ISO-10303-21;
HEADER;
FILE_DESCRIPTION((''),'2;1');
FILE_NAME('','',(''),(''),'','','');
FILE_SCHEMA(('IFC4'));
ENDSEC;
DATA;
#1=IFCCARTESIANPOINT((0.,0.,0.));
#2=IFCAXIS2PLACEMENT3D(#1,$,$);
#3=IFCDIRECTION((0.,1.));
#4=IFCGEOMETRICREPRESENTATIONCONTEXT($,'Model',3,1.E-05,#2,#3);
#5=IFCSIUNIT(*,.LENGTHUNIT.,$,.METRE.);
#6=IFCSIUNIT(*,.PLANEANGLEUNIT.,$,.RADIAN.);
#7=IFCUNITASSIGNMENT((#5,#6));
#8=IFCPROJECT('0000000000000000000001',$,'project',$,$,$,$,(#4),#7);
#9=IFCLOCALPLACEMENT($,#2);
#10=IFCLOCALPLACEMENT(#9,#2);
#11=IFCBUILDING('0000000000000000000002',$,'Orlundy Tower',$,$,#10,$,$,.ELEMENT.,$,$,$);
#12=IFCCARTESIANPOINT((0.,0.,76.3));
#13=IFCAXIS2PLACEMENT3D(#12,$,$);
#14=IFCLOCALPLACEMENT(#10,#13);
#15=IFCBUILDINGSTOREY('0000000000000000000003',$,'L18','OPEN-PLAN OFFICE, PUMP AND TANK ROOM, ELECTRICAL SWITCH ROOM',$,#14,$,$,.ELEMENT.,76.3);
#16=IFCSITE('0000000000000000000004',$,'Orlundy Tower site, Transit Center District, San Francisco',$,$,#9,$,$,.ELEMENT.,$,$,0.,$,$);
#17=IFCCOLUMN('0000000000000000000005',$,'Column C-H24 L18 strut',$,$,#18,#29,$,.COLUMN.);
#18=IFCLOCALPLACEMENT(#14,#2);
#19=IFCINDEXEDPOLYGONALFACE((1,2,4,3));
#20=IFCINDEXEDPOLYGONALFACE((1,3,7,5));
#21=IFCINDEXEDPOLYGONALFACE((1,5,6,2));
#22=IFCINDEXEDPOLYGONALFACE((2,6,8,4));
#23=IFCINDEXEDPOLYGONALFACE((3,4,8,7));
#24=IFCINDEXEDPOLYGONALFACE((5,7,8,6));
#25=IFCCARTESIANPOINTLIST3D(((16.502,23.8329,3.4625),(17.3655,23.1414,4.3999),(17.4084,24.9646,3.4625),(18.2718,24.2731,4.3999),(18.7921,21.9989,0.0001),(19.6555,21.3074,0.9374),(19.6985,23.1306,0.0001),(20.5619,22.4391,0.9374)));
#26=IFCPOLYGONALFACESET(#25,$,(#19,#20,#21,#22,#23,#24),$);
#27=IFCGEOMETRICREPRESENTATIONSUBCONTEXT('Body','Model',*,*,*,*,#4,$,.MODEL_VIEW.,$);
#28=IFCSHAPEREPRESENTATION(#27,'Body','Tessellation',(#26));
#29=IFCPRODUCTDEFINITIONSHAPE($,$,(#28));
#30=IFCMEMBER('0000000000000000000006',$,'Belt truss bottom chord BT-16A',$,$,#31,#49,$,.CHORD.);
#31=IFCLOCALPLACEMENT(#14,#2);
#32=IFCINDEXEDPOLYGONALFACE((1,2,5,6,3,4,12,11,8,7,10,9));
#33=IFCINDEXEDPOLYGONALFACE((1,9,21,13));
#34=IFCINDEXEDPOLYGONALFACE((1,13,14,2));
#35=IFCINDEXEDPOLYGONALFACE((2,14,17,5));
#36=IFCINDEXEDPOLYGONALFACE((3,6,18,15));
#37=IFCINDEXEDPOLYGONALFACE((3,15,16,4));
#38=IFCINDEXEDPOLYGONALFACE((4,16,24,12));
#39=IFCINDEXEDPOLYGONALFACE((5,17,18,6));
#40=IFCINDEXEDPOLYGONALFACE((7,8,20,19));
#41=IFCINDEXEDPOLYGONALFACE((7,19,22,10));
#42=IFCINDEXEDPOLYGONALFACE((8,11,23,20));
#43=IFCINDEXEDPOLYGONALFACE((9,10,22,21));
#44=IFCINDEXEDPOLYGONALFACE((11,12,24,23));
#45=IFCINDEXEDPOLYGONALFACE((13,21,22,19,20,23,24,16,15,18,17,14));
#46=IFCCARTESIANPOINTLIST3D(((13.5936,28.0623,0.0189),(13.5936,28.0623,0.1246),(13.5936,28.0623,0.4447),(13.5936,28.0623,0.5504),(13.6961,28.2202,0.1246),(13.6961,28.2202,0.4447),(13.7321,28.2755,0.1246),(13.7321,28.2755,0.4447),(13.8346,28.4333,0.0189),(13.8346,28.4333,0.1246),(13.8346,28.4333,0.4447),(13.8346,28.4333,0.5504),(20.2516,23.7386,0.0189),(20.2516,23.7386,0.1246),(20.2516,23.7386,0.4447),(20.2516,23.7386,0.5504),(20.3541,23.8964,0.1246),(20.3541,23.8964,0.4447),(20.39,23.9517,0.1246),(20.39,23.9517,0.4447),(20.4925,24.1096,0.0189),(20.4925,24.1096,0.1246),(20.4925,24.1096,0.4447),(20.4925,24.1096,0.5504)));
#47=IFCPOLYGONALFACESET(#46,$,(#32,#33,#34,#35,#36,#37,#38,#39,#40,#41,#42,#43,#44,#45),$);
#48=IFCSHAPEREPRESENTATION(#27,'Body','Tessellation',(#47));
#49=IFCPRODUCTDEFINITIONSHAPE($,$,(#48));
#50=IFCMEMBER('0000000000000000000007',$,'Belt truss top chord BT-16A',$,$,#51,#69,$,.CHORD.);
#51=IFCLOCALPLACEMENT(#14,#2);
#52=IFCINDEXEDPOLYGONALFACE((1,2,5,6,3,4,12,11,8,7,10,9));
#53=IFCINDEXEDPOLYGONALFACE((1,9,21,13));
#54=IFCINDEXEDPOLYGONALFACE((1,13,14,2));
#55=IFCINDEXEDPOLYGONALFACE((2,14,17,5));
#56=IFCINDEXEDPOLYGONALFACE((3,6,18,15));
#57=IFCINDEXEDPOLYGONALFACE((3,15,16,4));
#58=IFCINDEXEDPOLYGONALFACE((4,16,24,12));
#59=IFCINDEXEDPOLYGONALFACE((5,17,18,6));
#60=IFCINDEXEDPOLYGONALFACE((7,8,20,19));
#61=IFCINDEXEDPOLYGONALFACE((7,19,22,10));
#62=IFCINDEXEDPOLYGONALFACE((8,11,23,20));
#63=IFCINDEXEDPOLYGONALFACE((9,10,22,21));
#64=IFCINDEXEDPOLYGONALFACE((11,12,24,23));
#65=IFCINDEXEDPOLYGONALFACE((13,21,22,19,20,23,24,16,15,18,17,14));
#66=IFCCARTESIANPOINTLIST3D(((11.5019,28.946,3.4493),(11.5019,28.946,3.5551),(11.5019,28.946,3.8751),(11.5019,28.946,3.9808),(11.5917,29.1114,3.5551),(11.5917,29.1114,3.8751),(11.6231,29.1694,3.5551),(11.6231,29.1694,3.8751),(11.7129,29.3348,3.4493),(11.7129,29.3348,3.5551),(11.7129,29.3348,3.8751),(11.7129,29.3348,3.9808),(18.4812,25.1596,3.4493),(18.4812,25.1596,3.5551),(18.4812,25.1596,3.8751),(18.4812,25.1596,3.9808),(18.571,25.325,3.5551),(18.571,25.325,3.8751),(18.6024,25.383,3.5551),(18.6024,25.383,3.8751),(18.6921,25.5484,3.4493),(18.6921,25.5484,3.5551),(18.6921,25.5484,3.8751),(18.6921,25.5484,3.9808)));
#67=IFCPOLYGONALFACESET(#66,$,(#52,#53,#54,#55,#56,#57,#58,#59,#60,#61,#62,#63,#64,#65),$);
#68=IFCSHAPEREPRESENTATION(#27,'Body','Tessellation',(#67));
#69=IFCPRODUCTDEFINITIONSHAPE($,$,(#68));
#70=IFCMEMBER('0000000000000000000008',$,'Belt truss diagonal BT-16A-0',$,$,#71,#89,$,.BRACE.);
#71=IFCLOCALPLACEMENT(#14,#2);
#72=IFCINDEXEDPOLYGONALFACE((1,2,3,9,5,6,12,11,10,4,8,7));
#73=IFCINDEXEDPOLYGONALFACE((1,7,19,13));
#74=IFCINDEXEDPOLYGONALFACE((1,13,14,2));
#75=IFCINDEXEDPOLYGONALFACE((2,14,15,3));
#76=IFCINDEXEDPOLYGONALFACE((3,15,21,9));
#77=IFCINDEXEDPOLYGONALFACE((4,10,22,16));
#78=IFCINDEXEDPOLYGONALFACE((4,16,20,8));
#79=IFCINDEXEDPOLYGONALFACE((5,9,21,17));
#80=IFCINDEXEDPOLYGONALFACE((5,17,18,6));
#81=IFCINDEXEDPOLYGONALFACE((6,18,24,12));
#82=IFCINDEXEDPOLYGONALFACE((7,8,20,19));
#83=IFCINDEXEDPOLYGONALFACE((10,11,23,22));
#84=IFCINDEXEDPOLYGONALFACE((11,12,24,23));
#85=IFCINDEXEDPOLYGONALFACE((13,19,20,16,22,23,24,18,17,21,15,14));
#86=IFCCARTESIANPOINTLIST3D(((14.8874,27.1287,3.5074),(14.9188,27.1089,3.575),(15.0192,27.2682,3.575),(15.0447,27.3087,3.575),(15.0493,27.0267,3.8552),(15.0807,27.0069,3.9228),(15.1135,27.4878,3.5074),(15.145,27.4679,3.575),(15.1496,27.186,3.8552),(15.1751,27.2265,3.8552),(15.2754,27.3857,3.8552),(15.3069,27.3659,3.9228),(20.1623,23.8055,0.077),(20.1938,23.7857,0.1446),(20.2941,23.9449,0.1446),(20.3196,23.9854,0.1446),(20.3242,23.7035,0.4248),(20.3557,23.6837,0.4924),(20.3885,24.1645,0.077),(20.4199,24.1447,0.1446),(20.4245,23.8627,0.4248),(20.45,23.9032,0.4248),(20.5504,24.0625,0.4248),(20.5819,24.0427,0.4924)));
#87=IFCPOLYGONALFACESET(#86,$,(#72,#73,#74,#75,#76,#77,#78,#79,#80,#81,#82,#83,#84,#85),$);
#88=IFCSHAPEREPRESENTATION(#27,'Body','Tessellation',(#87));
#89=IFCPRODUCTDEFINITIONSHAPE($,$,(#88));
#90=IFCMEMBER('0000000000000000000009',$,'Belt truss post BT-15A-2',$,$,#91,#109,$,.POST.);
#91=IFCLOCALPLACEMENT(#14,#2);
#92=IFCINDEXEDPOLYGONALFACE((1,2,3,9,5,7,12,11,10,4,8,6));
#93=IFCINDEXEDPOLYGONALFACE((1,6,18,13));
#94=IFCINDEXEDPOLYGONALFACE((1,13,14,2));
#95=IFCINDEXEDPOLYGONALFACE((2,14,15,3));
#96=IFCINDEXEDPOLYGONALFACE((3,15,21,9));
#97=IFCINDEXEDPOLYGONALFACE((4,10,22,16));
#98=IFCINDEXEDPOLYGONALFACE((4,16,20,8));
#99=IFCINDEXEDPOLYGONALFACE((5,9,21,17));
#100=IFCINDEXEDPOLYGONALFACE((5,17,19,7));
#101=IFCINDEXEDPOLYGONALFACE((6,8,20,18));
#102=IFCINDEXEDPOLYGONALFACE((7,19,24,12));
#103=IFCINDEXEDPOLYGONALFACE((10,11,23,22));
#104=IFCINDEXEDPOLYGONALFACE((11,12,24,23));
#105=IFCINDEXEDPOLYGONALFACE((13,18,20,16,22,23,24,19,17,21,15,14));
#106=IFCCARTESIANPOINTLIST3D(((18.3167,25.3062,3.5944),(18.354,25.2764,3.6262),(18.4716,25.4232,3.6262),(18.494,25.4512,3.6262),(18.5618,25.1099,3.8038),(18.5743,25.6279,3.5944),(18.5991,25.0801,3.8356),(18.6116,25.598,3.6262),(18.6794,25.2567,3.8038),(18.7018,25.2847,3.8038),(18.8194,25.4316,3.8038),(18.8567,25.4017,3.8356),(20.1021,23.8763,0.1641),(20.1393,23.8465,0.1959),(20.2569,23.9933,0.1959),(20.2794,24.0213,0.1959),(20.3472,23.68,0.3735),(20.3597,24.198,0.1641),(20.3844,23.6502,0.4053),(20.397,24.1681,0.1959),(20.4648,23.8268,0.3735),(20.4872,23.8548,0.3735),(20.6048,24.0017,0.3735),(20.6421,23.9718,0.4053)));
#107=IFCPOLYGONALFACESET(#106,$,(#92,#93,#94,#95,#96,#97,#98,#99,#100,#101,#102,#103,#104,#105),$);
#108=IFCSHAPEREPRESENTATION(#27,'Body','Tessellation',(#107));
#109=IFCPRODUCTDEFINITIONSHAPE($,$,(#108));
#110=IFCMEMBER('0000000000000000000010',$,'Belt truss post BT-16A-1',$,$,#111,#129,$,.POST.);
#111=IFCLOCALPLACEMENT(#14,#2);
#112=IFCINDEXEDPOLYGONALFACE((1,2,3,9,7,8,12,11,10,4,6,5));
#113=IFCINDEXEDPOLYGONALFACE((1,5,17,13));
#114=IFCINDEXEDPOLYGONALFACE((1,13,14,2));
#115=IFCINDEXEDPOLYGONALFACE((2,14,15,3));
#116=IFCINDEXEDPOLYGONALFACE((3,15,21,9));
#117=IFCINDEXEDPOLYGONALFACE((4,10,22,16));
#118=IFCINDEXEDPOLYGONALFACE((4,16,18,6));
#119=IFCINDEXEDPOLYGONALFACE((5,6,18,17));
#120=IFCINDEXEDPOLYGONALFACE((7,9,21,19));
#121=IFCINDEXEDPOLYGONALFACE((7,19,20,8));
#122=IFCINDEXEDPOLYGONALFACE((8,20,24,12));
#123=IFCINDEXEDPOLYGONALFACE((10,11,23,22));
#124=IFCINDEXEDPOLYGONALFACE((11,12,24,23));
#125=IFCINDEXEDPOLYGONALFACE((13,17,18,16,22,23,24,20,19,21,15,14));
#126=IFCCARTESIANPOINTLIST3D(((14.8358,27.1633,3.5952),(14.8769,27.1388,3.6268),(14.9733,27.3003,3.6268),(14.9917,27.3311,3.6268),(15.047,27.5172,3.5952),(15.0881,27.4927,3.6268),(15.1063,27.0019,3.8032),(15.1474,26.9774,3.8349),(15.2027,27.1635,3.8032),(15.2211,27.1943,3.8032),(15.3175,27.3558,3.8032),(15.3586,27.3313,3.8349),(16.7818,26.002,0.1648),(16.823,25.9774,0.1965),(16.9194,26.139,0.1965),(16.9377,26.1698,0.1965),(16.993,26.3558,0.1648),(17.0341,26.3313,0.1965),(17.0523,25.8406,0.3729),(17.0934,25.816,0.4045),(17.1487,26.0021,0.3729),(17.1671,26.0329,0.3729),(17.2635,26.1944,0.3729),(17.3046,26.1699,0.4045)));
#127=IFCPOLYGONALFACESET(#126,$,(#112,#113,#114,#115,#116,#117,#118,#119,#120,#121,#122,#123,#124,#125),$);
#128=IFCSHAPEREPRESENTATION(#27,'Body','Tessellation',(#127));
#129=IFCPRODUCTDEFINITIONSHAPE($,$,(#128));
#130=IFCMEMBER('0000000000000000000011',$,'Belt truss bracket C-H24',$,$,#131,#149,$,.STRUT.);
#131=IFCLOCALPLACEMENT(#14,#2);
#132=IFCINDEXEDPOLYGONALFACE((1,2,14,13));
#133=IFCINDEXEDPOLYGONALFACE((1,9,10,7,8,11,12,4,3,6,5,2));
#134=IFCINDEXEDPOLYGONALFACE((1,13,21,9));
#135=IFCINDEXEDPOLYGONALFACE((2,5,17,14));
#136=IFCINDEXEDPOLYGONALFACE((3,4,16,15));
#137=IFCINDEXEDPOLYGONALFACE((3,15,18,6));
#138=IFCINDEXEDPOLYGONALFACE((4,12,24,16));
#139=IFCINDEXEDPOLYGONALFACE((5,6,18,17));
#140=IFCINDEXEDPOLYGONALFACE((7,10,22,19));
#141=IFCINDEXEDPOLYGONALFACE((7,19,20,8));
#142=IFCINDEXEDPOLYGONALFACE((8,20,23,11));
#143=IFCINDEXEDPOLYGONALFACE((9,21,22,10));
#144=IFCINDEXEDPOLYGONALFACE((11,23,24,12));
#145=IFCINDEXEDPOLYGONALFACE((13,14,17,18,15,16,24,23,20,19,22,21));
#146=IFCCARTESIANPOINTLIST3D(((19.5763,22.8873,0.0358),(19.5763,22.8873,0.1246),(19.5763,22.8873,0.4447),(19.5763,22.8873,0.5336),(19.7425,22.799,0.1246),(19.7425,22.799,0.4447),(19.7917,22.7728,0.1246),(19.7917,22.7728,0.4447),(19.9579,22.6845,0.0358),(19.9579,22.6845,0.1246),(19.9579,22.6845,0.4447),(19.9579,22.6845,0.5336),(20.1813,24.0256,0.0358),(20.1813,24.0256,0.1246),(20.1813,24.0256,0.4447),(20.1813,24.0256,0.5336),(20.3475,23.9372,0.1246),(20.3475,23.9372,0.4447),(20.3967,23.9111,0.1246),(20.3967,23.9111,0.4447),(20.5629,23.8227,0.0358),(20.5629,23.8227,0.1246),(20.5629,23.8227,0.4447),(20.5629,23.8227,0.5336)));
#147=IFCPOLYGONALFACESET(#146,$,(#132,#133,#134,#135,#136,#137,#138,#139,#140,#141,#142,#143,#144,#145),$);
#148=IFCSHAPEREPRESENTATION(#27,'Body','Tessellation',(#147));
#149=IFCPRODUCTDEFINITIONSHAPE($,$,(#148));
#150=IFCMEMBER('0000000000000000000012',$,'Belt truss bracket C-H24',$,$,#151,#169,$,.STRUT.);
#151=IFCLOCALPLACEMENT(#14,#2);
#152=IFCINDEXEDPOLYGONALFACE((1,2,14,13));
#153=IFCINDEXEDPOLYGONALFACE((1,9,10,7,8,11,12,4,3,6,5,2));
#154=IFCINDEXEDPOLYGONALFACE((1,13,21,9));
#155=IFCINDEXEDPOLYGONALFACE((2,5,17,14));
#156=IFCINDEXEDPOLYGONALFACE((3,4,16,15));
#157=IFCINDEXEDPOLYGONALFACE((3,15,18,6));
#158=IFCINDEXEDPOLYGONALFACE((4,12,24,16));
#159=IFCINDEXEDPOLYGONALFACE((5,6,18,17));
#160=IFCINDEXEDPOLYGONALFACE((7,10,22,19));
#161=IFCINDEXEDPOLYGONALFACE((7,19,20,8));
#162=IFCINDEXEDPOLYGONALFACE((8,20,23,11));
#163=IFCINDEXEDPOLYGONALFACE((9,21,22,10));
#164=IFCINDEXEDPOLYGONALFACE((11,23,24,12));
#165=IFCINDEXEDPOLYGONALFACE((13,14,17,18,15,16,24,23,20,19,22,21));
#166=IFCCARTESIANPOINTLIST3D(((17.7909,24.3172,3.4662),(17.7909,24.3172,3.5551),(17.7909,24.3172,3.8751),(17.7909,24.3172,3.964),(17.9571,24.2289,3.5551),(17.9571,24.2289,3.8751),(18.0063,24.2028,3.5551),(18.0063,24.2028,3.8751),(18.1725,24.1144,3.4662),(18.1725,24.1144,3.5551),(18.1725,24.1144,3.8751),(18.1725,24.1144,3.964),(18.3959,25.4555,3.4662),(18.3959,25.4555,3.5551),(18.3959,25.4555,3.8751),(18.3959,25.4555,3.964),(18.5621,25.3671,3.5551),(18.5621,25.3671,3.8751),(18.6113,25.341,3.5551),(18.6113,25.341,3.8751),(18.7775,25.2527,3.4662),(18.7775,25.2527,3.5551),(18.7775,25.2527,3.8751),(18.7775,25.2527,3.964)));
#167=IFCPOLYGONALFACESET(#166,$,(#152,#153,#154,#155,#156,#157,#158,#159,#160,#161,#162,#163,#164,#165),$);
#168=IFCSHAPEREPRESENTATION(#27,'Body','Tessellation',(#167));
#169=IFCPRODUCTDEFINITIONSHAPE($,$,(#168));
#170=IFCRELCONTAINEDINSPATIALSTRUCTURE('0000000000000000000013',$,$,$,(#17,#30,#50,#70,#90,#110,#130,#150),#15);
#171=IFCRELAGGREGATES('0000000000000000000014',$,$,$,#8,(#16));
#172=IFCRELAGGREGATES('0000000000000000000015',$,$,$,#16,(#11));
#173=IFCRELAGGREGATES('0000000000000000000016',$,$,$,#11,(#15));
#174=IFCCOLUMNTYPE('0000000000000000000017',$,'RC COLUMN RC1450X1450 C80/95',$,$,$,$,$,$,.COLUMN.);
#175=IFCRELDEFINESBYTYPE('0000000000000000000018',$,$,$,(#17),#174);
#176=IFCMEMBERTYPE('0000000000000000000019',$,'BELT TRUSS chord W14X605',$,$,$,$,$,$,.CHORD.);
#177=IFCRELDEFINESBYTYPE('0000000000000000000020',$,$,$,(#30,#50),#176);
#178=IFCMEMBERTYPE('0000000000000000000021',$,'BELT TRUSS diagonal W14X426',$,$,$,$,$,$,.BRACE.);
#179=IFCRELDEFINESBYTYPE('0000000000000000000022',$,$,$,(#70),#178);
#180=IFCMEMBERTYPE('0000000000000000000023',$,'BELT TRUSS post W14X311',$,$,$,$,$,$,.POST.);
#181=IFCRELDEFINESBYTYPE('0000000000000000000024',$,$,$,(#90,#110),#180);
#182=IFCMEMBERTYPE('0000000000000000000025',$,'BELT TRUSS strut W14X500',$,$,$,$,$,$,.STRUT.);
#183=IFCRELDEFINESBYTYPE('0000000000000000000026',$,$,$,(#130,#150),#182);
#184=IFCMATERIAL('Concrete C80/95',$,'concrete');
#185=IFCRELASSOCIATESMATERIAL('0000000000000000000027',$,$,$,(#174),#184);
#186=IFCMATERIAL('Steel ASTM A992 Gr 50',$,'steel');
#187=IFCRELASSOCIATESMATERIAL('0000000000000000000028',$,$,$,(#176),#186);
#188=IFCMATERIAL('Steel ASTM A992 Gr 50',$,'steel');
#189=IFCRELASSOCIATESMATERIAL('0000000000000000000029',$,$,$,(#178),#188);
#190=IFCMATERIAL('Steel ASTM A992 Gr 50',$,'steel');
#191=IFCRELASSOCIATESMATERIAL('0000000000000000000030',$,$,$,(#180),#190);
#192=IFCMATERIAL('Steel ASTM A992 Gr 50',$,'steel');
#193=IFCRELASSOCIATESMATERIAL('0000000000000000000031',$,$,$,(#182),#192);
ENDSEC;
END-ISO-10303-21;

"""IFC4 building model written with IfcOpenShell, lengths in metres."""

from ifc_helpers import new_model, si_unit, direction, frame, origin, origin_2d, place, context, subcontext, project, spatial, rectangle, i_section, extrude, material, material_profile, profile_set, type_object, element, save


model = new_model("IFC4")

# Units and contexts
model_context = context("Model", 3, precision=1e-05, world=origin(), true_north=direction((0.0, 1.0)))
body_context = subcontext(model_context, "Body", "Model", "MODEL_VIEW")
ifc_project = project(units=[si_unit("LENGTHUNIT", "METRE"), si_unit("PLANEANGLEUNIT", "RADIAN")], contexts=[model_context])

# Site, building, storey
site_placement = place(None, origin())
site = spatial("IfcSite", under=ifc_project, at=site_placement, Name="Orlundy Tower site, Transit Center District, San Francisco", CompositionType="ELEMENT", RefElevation=0.0)
building_placement = place(site_placement, origin())
building = spatial("IfcBuilding", under=site, at=building_placement, Name="Orlundy Tower", CompositionType="ELEMENT")
storey_placement = place(building_placement, frame((0.0, 0.0, 76.3)))
storey = spatial("IfcBuildingStorey", under=building, at=storey_placement, Name="L18", Description="OPEN-PLAN OFFICE, PUMP AND TANK ROOM, ELECTRICAL SWITCH ROOM", CompositionType="ELEMENT", Elevation=76.3)

# Column
ifc_material_1 = material(Name="Concrete C80/95", Category="concrete")
ifc_material_profile_1 = material_profile(ifc_material_1, rectangle(XDim=1.45, YDim=1.45, at=origin_2d()), Name="RC1450X1450")
ifc_profile_set_1 = profile_set([ifc_material_profile_1], Name="Concrete C80/95")
column_type = type_object("IfcColumnType", Name="RC COLUMN RC1450X1450 C80/95", PredefinedType="COLUMN", material=ifc_profile_set_1)
column_placement = place(storey_placement, frame((19.677, 22.219, 0.4688), z_axis=(-0.504605, 0.404114, 0.762932), x_axis=(-0.625101, -0.780544, 0.0)))
element("IfcColumn", 1, at=column_placement, inside=storey, type_object=column_type, Name="Column C-H24 L18 strut", PredefinedType="COLUMN", context=body_context, shape_type="SweptSolid", body=[
    extrude(rectangle(XDim=1.45, YDim=1.45, at=origin_2d()), origin(), (0.0, 0.0, 1.0), 4.5383),
])

# Members
ifc_material_2 = material(Name="Steel ASTM A992 Gr 50", Category="steel")
ifc_material_profile_2 = material_profile(ifc_material_2, i_section(OverallWidth=0.4424, OverallDepth=0.5315, WebThickness=0.0659, FlangeThickness=0.1057, at=origin_2d()), Name="W14X605")
ifc_profile_set_2 = profile_set([ifc_material_profile_2], Name="Steel ASTM A992 Gr 50")
member_type_1 = type_object("IfcMemberType", Name="BELT TRUSS chord W14X605", PredefinedType="CHORD", material=ifc_profile_set_2)
member_1_placement = place(storey_placement, frame((20.3721, 23.9241, 0.2847), z_axis=(-0.83867, 0.544639, 0.0), x_axis=(-0.544639, -0.83867, 0.0)))
element("IfcMember", 2, at=member_1_placement, inside=storey, type_object=member_type_1, Name="Belt truss bottom chord BT-16A", PredefinedType="CHORD", context=body_context, shape_type="SweptSolid", body=[
    extrude(i_section(OverallWidth=0.4424, OverallDepth=0.5315, WebThickness=0.0659, FlangeThickness=0.1057, at=origin_2d()), origin(), (0.0, 0.0, 1.0), 7.9387),
])
member_2_placement = place(storey_placement, frame((18.5867, 25.354, 3.7151), z_axis=(-0.878978, 0.476863, 0.0), x_axis=(-0.476863, -0.878978, 0.0)))
element("IfcMember", 3, at=member_2_placement, inside=storey, type_object=member_type_1, Name="Belt truss top chord BT-16A", PredefinedType="CHORD", context=body_context, shape_type="SweptSolid", body=[
    extrude(i_section(OverallWidth=0.4424, OverallDepth=0.5315, WebThickness=0.0659, FlangeThickness=0.1057, at=origin_2d()), origin(), (0.0, 0.0, 1.0), 7.9402),
])
ifc_material_3 = material(Name="Steel ASTM A992 Gr 50", Category="steel")
ifc_material_profile_3 = material_profile(ifc_material_3, i_section(OverallWidth=0.4243, OverallDepth=0.4741, WebThickness=0.0479, FlangeThickness=0.0771, at=origin_2d()), Name="W14X426")
ifc_profile_set_3 = profile_set([ifc_material_profile_3], Name="Steel ASTM A992 Gr 50")
member_type_2 = type_object("IfcMemberType", Name="BELT TRUSS diagonal W14X426", PredefinedType="BRACE", material=ifc_profile_set_3)
member_3_placement = place(storey_placement, frame((20.3721, 23.9241, 0.2847), z_axis=(-0.741282, 0.467015, 0.482077), x_axis=(-0.533044, -0.846088, 0.0)))
element("IfcMember", 4, at=member_3_placement, inside=storey, type_object=member_type_2, Name="Belt truss diagonal BT-16A-0", PredefinedType="BRACE", context=body_context, shape_type="SweptSolid", body=[
    extrude(i_section(OverallWidth=0.4243, OverallDepth=0.4741, WebThickness=0.0479, FlangeThickness=0.0771, at=origin_2d()), origin(), (0.0, 0.0, 1.0), 7.116),
])
ifc_material_4 = material(Name="Steel ASTM A992 Gr 50", Category="steel")
ifc_material_profile_4 = material_profile(ifc_material_4, i_section(OverallWidth=0.4121, OverallDepth=0.4348, WebThickness=0.0359, FlangeThickness=0.0574, at=origin_2d()), Name="W14X311")
ifc_profile_set_4 = profile_set([ifc_material_profile_4], Name="Steel ASTM A992 Gr 50")
member_type_3 = type_object("IfcMemberType", Name="BELT TRUSS post W14X311", PredefinedType="POST", material=ifc_profile_set_4)
member_4_placement = place(storey_placement, frame((20.3721, 23.9241, 0.2847), z_axis=(-0.433021, 0.346808, 0.831996), x_axis=(-0.625124, -0.780525, 0.0)))
element("IfcMember", 5, at=member_4_placement, inside=storey, type_object=member_type_3, Name="Belt truss post BT-15A-2", PredefinedType="POST", context=body_context, shape_type="SweptSolid", body=[
    extrude(i_section(OverallWidth=0.4121, OverallDepth=0.4348, WebThickness=0.0359, FlangeThickness=0.0574, at=origin_2d()), origin(), (0.0, 0.0, 1.0), 4.123),
])
member_5_placement = place(storey_placement, frame((17.0432, 26.0859, 0.2847), z_axis=(-0.473328, 0.282477, 0.834366), x_axis=(-0.512466, -0.858707, 0.0)))
element("IfcMember", 6, at=member_5_placement, inside=storey, type_object=member_type_3, Name="Belt truss post BT-16A-1", PredefinedType="POST", context=body_context, shape_type="SweptSolid", body=[
    extrude(i_section(OverallWidth=0.4121, OverallDepth=0.4348, WebThickness=0.0359, FlangeThickness=0.0574, at=origin_2d()), origin(), (0.0, 0.0, 1.0), 4.1113),
])
ifc_material_5 = material(Name="Steel ASTM A992 Gr 50", Category="steel")
ifc_material_profile_5 = material_profile(ifc_material_5, i_section(OverallWidth=0.4321, OverallDepth=0.4978, WebThickness=0.0557, FlangeThickness=0.0889, at=origin_2d()), Name="W14X500")
ifc_profile_set_5 = profile_set([ifc_material_profile_5], Name="Steel ASTM A992 Gr 50")
member_type_4 = type_object("IfcMemberType", Name="BELT TRUSS strut W14X500", PredefinedType="STRUT", material=ifc_profile_set_5)
for number, where, z_axis, x_axis, name in (
    (7, (19.7671, 22.7859, 0.2847), (0.469349, 0.883013, 0.0), (-0.883013, 0.469349, 0.0), "Belt truss bracket C-H24"),
    (8, (17.9817, 24.2158, 3.7151), (0.469349, 0.883013, 0.0), (-0.883013, 0.469349, 0.0), "Belt truss bracket C-H24"),
):
    element("IfcMember", number, at=place(storey_placement, frame(where, z_axis=z_axis, x_axis=x_axis)), inside=storey, type_object=member_type_4, Name=name, PredefinedType="STRUT", context=body_context, shape_type="SweptSolid", body=[
        extrude(i_section(OverallWidth=0.4321, OverallDepth=0.4978, WebThickness=0.0557, FlangeThickness=0.0889, at=origin_2d()), origin(), (0.0, 0.0, 1.0), 1.2891),
    ])

save(model, "model.ifc")
